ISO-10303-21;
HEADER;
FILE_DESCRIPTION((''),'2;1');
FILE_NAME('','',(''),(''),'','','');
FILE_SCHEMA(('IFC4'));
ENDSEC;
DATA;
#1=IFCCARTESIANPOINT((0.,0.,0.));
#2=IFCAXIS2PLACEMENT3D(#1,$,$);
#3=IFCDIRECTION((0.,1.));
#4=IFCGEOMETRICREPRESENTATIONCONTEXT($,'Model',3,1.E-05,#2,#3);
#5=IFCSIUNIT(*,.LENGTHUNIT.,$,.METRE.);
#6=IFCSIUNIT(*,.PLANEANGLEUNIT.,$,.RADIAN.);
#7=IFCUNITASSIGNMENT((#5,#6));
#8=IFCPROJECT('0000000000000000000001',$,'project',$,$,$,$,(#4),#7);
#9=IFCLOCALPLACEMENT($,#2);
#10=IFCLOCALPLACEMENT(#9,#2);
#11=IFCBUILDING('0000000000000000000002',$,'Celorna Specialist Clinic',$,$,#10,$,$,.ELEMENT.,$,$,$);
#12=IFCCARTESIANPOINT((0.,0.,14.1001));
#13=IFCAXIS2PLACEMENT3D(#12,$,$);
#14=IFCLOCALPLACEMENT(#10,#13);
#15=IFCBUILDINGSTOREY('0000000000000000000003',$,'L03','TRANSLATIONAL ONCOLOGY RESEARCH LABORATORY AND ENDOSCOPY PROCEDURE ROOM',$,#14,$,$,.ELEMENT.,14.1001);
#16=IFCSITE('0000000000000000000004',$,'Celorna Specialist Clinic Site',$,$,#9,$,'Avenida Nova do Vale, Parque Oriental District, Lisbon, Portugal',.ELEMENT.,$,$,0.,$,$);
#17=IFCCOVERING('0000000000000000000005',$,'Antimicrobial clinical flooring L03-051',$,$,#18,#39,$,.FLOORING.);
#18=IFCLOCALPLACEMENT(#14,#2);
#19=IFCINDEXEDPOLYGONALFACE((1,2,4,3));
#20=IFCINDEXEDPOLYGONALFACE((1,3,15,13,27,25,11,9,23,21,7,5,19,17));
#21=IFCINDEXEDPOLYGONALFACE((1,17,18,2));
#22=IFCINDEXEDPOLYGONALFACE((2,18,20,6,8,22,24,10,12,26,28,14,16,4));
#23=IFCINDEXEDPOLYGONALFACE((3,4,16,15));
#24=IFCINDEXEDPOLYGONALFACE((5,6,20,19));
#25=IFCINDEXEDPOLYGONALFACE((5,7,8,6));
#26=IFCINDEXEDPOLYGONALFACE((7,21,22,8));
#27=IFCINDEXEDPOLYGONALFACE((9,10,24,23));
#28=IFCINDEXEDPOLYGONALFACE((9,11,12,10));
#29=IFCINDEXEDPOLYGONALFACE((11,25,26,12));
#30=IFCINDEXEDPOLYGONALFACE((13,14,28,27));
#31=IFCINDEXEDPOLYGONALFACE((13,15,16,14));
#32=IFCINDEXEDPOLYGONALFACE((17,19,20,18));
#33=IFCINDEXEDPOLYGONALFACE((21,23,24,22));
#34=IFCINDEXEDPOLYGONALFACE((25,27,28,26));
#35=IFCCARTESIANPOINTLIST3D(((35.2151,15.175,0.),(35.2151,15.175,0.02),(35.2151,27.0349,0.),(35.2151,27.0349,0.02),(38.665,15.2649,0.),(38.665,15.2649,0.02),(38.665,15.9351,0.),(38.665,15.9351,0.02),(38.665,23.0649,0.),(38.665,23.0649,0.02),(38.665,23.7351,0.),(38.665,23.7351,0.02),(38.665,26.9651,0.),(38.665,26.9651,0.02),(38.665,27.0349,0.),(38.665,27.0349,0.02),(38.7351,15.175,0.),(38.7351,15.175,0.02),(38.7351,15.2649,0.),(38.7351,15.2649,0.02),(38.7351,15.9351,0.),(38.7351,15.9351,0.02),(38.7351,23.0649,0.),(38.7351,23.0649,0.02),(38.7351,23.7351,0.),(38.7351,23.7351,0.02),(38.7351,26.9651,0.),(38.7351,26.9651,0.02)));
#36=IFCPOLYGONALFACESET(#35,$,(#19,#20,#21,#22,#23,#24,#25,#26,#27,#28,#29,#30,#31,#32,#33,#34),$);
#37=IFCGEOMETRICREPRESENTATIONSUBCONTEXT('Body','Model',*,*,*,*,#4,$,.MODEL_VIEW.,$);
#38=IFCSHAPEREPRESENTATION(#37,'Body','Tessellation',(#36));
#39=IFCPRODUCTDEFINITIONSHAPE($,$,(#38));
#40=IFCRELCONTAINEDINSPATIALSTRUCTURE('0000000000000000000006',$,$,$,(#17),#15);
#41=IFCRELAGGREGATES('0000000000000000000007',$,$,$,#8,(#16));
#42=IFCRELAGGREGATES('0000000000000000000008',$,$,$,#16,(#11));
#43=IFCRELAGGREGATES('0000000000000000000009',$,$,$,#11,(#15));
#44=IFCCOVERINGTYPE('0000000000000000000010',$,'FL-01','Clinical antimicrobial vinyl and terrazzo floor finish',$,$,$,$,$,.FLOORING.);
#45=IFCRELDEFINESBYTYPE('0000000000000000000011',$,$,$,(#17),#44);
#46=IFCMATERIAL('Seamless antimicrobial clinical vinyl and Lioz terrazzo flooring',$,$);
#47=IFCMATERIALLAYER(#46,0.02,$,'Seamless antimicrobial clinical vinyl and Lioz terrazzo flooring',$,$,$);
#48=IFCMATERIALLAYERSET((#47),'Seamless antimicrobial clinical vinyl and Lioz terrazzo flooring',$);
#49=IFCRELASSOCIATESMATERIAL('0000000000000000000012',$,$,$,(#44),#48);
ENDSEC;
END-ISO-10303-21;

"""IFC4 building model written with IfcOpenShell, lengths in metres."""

from ifc_helpers import new_model, si_unit, direction, frame, origin, place, context, subcontext, project, spatial, polyline, outline, extrude, material, layer, layer_set, type_object, element, save


model = new_model("IFC4")

# Units and contexts
model_context = context("Model", 3, precision=1e-05, world=origin(), true_north=direction((0.0, 1.0)))
body_context = subcontext(model_context, "Body", "Model", "MODEL_VIEW")
ifc_project = project(units=[si_unit("LENGTHUNIT", "METRE"), si_unit("PLANEANGLEUNIT", "RADIAN")], contexts=[model_context])

# Site, building, storey
site_placement = place(None, origin())
site = spatial("IfcSite", under=ifc_project, at=site_placement, Name="Celorna Specialist Clinic Site", LongName="Avenida Nova do Vale, Parque Oriental District, Lisbon, Portugal", CompositionType="ELEMENT", RefElevation=0.0)
building_placement = place(site_placement, origin())
building = spatial("IfcBuilding", under=site, at=building_placement, Name="Celorna Specialist Clinic", CompositionType="ELEMENT")
storey_placement = place(building_placement, frame((0.0, 0.0, 14.1001)))
storey = spatial("IfcBuildingStorey", under=building, at=storey_placement, Name="L03", Description="TRANSLATIONAL ONCOLOGY RESEARCH LABORATORY AND ENDOSCOPY PROCEDURE ROOM", CompositionType="ELEMENT", Elevation=14.1001)

# Covering
ifc_material_1 = material(Name="Seamless antimicrobial clinical vinyl and Lioz terrazzo flooring")
ifc_layer_1 = layer(ifc_material_1, 0.02, Name="Seamless antimicrobial clinical vinyl and Lioz terrazzo flooring")
ifc_layer_set_1 = layer_set([ifc_layer_1], Name="Seamless antimicrobial clinical vinyl and Lioz terrazzo flooring")
covering_type_1 = type_object("IfcCoveringType", Name="FL-01", Description="Clinical antimicrobial vinyl and terrazzo floor finish", PredefinedType="FLOORING", material=ifc_layer_set_1)
covering_1_placement = place(storey_placement, origin())
element("IfcCovering", 1, at=covering_1_placement, inside=storey, type_object=covering_type_1, Name="Antimicrobial clinical flooring L03-051", PredefinedType="FLOORING", context=body_context, shape_type="SweptSolid", body=[
    extrude(outline(polyline([(35.2151, 27.0349), (38.665, 27.0349), (38.665, 26.9651), (38.7351, 26.9651), (38.7351, 23.7351), (38.665, 23.7351), (38.665, 23.0649), (38.7351, 23.0649), (38.7351, 15.9351), (38.665, 15.9351), (38.665, 15.2649), (38.7351, 15.2649), (38.7351, 15.175), (35.2151, 15.175), (35.2151, 27.0349)])), origin(), (0.0, 0.0, 1.0), 0.02),
])

save(model, "model.ifc")
